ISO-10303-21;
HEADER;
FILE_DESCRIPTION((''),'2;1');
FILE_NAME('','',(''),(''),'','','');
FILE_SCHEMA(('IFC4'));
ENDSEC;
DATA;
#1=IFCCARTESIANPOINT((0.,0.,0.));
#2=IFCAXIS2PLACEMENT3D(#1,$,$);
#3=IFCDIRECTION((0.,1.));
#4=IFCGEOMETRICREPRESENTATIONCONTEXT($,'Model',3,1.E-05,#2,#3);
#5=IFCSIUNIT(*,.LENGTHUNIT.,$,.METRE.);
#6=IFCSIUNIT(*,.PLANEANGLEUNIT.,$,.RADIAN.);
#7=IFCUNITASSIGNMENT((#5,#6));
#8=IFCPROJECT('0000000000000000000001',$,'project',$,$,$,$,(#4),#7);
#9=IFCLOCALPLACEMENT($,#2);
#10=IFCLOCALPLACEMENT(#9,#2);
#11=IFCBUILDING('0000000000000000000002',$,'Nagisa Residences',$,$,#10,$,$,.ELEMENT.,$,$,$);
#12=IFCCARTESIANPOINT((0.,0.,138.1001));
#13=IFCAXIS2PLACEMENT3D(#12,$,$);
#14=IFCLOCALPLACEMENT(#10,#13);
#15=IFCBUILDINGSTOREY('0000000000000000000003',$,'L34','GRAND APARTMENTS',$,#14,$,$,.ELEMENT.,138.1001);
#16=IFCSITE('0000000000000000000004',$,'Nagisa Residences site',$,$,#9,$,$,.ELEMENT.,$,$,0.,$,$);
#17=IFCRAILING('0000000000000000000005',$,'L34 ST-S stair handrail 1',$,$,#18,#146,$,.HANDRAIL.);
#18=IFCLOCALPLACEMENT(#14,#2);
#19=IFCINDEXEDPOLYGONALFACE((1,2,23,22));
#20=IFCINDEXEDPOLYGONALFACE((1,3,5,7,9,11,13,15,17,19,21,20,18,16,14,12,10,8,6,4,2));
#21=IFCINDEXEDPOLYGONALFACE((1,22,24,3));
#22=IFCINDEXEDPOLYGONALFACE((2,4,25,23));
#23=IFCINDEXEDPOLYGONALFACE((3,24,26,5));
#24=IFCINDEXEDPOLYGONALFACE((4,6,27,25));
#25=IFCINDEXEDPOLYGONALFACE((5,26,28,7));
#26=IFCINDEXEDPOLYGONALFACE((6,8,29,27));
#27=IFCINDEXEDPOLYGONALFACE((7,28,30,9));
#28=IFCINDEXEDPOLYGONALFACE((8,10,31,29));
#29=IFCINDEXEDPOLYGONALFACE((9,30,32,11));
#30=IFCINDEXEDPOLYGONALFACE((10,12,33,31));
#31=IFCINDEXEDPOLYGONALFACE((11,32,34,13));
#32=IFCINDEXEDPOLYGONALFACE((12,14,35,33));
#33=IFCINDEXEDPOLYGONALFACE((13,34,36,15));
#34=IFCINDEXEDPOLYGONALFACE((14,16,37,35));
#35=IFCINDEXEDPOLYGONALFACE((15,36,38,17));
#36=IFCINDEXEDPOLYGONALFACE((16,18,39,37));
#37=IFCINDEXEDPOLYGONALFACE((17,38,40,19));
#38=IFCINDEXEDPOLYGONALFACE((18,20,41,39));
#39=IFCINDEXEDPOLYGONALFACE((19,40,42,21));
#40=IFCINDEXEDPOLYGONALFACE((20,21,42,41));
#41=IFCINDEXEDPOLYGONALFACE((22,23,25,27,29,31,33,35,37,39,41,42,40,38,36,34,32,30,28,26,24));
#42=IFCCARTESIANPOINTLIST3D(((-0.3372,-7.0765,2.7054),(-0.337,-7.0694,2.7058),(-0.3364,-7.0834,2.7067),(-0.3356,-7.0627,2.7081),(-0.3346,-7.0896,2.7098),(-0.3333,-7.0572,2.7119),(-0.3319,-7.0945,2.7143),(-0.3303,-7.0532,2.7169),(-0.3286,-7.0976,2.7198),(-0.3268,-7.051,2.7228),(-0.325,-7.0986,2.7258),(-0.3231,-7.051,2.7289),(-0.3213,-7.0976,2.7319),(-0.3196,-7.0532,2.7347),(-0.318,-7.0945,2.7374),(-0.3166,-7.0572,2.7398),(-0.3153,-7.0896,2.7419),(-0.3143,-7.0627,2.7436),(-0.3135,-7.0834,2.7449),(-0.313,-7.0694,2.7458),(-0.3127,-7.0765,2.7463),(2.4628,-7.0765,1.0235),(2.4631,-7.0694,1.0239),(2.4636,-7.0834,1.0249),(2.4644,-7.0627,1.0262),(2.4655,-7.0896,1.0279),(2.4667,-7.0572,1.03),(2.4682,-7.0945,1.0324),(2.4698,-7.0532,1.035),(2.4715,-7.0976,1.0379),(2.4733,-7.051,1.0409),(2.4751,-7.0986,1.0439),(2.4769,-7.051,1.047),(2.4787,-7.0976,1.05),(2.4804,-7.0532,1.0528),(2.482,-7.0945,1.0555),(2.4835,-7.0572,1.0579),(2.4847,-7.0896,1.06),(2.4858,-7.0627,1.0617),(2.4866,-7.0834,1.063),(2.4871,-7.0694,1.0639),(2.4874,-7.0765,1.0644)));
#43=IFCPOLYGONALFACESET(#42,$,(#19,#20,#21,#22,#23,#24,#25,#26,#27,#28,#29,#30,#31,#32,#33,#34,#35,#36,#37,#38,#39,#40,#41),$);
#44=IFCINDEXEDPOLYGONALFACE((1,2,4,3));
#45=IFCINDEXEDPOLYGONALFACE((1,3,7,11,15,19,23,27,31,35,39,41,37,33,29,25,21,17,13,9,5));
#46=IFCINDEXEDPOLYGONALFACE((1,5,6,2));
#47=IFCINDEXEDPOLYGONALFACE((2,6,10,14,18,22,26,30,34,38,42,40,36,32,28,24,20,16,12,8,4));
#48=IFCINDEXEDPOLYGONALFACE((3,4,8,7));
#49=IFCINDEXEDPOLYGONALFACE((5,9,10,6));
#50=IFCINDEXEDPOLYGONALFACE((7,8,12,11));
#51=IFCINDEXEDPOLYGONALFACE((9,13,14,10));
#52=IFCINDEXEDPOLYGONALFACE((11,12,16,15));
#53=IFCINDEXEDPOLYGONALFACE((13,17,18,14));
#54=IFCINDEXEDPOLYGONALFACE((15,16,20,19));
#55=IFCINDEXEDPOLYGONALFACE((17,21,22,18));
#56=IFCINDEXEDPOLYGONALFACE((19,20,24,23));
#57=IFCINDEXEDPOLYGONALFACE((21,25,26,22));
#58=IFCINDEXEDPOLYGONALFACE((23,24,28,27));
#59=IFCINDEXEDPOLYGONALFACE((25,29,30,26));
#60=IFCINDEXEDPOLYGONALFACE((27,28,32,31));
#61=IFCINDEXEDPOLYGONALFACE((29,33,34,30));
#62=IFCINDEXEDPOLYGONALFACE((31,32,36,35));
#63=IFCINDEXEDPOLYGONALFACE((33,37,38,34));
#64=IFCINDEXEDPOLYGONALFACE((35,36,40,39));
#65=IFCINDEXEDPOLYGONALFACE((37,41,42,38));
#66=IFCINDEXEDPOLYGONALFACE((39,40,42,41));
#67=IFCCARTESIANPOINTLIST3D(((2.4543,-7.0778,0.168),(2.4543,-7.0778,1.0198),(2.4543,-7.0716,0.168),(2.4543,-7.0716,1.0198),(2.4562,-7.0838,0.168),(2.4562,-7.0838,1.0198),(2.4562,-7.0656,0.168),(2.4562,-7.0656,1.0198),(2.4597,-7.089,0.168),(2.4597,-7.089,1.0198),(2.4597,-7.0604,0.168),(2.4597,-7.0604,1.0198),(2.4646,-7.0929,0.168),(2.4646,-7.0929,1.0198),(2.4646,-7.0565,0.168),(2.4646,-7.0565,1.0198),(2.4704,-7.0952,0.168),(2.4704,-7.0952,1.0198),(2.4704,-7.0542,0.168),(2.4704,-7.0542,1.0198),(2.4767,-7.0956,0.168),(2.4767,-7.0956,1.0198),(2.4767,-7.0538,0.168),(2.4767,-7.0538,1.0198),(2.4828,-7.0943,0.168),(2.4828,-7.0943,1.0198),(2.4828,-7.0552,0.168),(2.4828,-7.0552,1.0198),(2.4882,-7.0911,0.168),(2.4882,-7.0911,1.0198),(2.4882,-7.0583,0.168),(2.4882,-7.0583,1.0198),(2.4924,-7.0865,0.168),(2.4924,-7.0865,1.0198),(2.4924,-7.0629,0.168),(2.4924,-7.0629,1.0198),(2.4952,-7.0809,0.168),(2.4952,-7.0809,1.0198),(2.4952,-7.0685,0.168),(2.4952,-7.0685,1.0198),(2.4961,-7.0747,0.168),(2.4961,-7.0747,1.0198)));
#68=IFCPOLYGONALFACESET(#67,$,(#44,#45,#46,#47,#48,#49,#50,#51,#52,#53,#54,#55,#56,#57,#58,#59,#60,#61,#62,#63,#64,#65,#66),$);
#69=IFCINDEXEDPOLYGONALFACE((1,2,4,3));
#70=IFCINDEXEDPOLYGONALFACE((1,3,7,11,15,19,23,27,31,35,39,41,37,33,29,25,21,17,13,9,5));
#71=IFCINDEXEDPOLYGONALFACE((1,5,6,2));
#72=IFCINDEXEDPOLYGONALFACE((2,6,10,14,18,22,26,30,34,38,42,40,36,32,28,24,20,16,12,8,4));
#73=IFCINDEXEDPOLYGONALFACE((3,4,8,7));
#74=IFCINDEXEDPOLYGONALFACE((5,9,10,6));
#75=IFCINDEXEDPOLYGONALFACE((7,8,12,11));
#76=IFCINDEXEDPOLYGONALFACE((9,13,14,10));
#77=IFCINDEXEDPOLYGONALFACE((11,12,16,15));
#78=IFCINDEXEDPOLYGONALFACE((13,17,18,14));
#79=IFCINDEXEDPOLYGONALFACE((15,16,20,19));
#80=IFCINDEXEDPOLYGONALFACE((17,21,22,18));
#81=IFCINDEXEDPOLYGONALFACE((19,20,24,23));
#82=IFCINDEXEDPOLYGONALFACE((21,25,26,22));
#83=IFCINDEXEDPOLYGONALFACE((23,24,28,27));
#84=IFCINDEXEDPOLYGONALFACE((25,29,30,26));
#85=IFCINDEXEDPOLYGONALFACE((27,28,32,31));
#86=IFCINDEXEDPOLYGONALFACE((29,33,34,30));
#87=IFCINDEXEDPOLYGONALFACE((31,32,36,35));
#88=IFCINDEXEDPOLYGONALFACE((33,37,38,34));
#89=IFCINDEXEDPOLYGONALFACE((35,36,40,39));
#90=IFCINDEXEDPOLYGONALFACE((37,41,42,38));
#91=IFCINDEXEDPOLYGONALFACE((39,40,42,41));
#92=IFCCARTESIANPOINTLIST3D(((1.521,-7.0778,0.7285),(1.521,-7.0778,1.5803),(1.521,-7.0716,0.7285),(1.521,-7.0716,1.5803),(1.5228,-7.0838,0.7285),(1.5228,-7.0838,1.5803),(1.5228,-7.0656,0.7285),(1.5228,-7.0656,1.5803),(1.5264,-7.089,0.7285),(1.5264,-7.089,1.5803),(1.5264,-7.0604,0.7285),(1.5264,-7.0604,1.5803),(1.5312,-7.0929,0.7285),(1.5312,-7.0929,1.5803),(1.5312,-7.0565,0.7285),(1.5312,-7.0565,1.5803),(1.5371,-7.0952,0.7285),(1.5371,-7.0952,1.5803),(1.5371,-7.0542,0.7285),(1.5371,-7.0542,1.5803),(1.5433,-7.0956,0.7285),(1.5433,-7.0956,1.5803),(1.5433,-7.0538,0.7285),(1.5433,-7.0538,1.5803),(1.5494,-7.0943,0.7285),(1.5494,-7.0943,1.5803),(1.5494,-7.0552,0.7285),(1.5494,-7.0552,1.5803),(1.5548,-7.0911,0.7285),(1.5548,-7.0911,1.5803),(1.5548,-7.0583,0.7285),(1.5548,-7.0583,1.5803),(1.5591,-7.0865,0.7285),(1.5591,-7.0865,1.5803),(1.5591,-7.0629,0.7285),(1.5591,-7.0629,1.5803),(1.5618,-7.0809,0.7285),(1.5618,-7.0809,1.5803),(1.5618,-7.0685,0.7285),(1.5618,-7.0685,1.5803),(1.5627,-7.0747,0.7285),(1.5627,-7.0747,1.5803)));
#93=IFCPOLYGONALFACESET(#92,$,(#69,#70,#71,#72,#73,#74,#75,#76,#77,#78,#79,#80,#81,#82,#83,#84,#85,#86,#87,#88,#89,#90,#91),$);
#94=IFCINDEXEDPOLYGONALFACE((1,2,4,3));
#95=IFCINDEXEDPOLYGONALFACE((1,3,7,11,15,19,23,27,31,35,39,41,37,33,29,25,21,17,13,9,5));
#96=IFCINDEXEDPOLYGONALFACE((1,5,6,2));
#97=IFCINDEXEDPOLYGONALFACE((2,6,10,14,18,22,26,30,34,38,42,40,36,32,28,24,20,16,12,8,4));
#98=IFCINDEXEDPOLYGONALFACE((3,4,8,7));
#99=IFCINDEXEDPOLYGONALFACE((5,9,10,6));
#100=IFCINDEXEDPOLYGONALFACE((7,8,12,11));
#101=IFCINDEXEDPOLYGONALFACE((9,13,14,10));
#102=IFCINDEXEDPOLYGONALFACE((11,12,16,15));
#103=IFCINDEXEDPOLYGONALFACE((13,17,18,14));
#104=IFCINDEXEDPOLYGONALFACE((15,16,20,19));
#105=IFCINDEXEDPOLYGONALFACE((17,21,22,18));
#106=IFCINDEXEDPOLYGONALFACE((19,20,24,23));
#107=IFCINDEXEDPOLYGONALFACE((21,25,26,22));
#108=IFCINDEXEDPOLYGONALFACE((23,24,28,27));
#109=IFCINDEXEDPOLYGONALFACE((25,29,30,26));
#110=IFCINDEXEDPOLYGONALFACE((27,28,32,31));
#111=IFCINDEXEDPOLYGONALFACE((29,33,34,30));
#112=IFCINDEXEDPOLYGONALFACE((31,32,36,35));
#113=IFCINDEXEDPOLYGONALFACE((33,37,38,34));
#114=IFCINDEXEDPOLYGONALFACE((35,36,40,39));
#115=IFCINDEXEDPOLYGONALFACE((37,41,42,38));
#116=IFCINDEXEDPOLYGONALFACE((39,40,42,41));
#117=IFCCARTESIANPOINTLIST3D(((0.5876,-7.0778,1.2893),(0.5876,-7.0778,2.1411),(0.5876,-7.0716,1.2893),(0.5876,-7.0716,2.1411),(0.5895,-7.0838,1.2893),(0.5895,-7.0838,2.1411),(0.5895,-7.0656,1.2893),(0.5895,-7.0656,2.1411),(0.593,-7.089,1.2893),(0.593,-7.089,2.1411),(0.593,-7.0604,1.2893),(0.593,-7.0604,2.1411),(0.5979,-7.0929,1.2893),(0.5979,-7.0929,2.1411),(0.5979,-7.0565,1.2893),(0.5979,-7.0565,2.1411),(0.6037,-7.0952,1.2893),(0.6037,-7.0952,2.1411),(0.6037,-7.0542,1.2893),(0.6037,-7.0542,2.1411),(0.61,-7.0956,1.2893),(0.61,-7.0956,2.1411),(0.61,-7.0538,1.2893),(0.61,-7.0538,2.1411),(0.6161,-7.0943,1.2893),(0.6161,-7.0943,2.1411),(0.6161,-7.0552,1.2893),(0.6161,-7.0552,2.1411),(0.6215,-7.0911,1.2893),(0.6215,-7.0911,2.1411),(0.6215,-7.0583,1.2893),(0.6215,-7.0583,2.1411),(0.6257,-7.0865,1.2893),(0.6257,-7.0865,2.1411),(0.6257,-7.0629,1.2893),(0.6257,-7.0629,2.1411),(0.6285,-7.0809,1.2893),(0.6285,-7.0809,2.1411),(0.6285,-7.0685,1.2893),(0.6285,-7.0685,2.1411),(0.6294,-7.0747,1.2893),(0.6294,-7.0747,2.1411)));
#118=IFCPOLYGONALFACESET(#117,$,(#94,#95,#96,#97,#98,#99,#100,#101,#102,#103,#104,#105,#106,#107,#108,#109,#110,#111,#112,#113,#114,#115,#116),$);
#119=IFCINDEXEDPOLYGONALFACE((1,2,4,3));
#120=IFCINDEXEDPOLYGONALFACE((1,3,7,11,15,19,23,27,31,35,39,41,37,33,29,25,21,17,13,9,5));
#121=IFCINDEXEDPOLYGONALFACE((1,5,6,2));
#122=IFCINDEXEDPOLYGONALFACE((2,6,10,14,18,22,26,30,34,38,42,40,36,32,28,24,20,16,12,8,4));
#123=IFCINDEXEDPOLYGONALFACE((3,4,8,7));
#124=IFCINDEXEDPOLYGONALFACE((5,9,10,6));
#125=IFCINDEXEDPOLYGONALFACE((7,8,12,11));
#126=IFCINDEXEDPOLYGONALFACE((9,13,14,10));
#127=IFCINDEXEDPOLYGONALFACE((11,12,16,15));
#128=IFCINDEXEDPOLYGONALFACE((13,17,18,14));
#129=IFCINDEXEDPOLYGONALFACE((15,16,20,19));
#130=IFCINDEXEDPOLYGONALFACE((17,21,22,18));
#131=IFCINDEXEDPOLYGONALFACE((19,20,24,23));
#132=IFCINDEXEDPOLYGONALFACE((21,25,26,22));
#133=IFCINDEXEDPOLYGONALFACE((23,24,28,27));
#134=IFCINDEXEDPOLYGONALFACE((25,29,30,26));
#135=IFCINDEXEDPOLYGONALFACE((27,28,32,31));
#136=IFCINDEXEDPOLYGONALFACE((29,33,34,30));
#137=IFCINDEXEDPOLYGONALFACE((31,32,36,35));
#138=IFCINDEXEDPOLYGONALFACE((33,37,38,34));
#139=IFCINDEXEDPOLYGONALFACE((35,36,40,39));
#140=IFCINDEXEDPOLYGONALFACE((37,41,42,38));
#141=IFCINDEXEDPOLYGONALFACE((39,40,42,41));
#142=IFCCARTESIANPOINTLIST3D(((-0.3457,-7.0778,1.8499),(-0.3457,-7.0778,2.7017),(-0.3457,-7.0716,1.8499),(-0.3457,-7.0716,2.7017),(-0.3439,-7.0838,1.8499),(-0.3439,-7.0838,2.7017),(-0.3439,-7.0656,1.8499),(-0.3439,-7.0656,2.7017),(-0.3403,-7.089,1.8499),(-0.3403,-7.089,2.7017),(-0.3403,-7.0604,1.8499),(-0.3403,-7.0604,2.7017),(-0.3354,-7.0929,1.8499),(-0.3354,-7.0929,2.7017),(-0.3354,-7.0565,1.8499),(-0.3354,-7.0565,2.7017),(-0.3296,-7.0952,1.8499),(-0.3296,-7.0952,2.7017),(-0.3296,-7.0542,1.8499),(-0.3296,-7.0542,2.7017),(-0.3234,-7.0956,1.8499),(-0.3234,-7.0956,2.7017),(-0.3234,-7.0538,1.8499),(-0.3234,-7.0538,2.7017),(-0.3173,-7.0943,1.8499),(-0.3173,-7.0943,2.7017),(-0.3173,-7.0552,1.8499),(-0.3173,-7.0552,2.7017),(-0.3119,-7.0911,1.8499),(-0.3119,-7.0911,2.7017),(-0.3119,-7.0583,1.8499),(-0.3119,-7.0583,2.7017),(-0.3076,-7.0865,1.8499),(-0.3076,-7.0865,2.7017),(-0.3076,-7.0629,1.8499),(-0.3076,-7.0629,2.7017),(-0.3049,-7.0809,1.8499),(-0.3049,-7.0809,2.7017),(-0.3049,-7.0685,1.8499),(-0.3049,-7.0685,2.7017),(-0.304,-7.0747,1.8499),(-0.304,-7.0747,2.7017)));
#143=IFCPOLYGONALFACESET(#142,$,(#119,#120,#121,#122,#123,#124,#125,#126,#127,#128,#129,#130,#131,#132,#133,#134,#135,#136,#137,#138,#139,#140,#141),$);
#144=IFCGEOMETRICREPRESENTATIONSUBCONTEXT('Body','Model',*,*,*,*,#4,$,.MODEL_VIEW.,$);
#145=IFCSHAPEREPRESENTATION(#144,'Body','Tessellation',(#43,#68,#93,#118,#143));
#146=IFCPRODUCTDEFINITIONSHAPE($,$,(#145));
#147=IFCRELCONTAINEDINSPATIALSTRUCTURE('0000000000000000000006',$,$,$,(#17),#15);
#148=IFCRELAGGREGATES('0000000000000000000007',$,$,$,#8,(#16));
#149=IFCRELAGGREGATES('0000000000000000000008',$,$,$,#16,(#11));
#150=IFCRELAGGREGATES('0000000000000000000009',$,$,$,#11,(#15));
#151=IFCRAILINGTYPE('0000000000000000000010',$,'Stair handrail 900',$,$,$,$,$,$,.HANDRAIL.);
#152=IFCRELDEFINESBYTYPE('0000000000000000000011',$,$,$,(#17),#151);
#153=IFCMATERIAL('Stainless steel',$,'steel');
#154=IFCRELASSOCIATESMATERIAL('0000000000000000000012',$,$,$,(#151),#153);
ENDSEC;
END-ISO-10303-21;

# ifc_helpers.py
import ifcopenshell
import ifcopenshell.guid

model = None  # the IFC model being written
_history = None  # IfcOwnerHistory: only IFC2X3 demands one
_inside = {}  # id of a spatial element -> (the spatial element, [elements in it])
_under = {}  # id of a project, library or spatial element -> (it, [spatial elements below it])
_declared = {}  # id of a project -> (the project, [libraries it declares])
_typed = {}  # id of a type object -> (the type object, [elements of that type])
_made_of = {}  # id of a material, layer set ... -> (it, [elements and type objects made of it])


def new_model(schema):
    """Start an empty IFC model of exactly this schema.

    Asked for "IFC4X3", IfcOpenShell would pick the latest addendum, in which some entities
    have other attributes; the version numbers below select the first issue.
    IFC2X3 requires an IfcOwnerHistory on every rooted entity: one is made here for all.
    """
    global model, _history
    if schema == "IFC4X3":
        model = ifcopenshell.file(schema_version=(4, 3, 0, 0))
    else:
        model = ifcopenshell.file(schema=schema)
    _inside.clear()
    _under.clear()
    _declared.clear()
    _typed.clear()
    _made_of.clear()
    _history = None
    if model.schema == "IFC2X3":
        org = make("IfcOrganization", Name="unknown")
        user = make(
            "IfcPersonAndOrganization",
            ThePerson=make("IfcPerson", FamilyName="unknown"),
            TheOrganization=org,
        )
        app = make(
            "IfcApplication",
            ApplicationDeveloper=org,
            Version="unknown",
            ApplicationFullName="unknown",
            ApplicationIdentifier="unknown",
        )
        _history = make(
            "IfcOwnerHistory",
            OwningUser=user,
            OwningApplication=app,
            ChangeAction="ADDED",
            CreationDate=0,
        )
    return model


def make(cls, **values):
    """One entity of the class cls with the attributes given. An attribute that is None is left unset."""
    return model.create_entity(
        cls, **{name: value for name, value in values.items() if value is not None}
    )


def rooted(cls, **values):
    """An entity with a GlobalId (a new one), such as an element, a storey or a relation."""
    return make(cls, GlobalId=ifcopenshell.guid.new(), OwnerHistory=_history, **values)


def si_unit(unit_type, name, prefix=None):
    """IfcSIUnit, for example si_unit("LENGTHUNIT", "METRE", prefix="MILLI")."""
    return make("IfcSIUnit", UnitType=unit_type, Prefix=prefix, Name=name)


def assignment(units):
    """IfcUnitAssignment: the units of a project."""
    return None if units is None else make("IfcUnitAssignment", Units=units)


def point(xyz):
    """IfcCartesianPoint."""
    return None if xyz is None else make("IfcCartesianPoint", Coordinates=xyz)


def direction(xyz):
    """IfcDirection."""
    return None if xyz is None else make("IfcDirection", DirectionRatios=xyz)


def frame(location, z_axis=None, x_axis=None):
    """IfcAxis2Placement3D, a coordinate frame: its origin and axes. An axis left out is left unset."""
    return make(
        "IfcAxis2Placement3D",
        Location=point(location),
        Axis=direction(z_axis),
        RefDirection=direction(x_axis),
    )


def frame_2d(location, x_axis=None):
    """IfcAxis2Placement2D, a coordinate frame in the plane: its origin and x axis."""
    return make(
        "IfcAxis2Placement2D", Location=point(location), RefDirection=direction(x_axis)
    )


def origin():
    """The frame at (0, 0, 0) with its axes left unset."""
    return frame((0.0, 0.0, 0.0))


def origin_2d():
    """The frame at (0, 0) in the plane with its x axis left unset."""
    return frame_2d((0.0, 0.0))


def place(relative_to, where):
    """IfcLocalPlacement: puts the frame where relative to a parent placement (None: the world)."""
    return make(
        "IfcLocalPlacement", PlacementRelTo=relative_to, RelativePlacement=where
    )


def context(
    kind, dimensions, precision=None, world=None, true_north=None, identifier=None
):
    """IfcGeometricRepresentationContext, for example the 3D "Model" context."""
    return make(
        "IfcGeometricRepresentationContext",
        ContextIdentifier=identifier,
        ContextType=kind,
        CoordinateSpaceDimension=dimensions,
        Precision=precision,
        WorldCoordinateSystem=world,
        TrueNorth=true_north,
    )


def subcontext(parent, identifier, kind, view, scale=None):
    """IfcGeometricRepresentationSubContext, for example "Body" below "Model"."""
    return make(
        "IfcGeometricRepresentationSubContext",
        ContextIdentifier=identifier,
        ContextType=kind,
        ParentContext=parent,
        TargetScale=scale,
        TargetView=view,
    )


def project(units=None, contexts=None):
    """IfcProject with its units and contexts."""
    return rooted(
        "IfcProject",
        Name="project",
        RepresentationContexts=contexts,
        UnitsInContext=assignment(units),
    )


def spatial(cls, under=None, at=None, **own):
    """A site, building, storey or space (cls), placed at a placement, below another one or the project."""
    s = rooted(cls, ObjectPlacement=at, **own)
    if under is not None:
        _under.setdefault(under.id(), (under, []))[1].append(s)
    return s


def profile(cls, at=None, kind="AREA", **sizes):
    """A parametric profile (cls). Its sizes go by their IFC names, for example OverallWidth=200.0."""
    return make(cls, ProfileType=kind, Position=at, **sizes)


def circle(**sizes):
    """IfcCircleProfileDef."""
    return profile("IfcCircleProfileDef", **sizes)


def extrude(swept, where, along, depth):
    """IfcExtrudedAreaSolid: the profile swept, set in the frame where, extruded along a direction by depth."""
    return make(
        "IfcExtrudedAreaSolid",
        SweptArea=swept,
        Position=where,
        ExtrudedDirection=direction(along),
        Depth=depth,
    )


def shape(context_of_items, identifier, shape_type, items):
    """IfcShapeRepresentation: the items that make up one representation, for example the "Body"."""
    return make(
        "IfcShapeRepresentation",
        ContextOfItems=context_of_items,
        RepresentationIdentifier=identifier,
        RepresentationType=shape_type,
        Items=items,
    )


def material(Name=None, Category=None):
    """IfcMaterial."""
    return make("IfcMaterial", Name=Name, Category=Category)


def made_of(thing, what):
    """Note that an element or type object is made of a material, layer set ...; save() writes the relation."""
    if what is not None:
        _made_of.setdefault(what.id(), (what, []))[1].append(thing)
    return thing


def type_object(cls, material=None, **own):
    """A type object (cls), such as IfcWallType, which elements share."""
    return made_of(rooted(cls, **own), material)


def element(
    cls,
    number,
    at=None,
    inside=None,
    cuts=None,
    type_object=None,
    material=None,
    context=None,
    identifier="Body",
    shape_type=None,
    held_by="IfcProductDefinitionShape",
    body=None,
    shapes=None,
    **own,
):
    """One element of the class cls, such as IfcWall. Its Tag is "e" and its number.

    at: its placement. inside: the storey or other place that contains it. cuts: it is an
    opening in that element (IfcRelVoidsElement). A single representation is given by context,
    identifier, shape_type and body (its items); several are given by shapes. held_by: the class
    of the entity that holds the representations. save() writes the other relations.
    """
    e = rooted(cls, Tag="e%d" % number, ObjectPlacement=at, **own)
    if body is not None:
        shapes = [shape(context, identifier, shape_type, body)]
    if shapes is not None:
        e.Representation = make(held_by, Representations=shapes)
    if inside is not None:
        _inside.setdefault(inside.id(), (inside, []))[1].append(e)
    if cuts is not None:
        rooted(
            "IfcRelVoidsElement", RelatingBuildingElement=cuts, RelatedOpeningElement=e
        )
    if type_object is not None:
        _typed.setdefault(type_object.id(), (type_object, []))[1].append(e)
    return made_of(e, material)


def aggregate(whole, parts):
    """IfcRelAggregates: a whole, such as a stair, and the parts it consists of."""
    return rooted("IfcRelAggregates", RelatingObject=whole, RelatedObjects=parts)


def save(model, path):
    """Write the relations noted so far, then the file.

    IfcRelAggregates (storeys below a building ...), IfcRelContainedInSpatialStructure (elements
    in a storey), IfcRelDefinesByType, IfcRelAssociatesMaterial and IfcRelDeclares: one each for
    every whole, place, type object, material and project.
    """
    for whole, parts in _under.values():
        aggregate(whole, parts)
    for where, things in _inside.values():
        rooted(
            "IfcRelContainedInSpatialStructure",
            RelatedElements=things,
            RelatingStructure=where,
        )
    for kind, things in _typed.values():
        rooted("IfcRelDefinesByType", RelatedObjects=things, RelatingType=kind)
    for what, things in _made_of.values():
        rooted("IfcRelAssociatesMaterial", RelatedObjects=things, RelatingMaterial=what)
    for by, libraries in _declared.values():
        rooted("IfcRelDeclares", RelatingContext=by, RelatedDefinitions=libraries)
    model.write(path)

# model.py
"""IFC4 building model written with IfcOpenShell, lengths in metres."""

from ifc_helpers import new_model, si_unit, direction, frame, origin, origin_2d, place, context, subcontext, project, spatial, circle, extrude, material, type_object, element, save


model = new_model("IFC4")

# Units and contexts
model_context = context("Model", 3, precision=1e-05, world=origin(), true_north=direction((0.0, 1.0)))
body_context = subcontext(model_context, "Body", "Model", "MODEL_VIEW")
ifc_project = project(units=[si_unit("LENGTHUNIT", "METRE"), si_unit("PLANEANGLEUNIT", "RADIAN")], contexts=[model_context])

# Site, building, storey
site_placement = place(None, origin())
site = spatial("IfcSite", under=ifc_project, at=site_placement, Name="Nagisa Residences site", CompositionType="ELEMENT", RefElevation=0.0)
building_placement = place(site_placement, origin())
building = spatial("IfcBuilding", under=site, at=building_placement, Name="Nagisa Residences", CompositionType="ELEMENT")
storey_placement = place(building_placement, frame((0.0, 0.0, 138.1001)))
storey = spatial("IfcBuildingStorey", under=building, at=storey_placement, Name="L34", Description="GRAND APARTMENTS", CompositionType="ELEMENT", Elevation=138.1001)

# Railing
ifc_material_1 = material(Name="Stainless steel", Category="steel")
railing_type_1 = type_object("IfcRailingType", Name="Stair handrail 900", PredefinedType="HANDRAIL", material=ifc_material_1)
railing_1_placement = place(storey_placement, frame((2.4751, -7.0747, 0.168)))
element("IfcRailing", 1, at=railing_1_placement, inside=storey, type_object=railing_type_1, Name="L34 ST-S stair handrail 1", PredefinedType="HANDRAIL", context=body_context, shape_type="SweptSolid", body=[
    extrude(circle(Radius=0.0239, at=origin_2d()), frame((0.0, 0.0, 0.876), z_axis=(-0.857242, 0.0, 0.514913), x_axis=(0.0, -1.0, 0.0)), (0.0, 0.0, 1.0), 3.2664),
    extrude(circle(Radius=0.021, at=origin_2d()), origin(), (0.0, 0.0, 1.0), 0.8518),
    extrude(circle(Radius=0.021, at=origin_2d()), frame((-0.9333, 0.0, 0.5605)), (0.0, 0.0, 1.0), 0.8518),
    extrude(circle(Radius=0.021, at=origin_2d()), frame((-1.8667, 0.0, 1.1213)), (0.0, 0.0, 1.0), 0.8518),
    extrude(circle(Radius=0.021, at=origin_2d()), frame((-2.8, 0.0, 1.6819)), (0.0, 0.0, 1.0), 0.8518),
])

save(model, "model.ifc")
